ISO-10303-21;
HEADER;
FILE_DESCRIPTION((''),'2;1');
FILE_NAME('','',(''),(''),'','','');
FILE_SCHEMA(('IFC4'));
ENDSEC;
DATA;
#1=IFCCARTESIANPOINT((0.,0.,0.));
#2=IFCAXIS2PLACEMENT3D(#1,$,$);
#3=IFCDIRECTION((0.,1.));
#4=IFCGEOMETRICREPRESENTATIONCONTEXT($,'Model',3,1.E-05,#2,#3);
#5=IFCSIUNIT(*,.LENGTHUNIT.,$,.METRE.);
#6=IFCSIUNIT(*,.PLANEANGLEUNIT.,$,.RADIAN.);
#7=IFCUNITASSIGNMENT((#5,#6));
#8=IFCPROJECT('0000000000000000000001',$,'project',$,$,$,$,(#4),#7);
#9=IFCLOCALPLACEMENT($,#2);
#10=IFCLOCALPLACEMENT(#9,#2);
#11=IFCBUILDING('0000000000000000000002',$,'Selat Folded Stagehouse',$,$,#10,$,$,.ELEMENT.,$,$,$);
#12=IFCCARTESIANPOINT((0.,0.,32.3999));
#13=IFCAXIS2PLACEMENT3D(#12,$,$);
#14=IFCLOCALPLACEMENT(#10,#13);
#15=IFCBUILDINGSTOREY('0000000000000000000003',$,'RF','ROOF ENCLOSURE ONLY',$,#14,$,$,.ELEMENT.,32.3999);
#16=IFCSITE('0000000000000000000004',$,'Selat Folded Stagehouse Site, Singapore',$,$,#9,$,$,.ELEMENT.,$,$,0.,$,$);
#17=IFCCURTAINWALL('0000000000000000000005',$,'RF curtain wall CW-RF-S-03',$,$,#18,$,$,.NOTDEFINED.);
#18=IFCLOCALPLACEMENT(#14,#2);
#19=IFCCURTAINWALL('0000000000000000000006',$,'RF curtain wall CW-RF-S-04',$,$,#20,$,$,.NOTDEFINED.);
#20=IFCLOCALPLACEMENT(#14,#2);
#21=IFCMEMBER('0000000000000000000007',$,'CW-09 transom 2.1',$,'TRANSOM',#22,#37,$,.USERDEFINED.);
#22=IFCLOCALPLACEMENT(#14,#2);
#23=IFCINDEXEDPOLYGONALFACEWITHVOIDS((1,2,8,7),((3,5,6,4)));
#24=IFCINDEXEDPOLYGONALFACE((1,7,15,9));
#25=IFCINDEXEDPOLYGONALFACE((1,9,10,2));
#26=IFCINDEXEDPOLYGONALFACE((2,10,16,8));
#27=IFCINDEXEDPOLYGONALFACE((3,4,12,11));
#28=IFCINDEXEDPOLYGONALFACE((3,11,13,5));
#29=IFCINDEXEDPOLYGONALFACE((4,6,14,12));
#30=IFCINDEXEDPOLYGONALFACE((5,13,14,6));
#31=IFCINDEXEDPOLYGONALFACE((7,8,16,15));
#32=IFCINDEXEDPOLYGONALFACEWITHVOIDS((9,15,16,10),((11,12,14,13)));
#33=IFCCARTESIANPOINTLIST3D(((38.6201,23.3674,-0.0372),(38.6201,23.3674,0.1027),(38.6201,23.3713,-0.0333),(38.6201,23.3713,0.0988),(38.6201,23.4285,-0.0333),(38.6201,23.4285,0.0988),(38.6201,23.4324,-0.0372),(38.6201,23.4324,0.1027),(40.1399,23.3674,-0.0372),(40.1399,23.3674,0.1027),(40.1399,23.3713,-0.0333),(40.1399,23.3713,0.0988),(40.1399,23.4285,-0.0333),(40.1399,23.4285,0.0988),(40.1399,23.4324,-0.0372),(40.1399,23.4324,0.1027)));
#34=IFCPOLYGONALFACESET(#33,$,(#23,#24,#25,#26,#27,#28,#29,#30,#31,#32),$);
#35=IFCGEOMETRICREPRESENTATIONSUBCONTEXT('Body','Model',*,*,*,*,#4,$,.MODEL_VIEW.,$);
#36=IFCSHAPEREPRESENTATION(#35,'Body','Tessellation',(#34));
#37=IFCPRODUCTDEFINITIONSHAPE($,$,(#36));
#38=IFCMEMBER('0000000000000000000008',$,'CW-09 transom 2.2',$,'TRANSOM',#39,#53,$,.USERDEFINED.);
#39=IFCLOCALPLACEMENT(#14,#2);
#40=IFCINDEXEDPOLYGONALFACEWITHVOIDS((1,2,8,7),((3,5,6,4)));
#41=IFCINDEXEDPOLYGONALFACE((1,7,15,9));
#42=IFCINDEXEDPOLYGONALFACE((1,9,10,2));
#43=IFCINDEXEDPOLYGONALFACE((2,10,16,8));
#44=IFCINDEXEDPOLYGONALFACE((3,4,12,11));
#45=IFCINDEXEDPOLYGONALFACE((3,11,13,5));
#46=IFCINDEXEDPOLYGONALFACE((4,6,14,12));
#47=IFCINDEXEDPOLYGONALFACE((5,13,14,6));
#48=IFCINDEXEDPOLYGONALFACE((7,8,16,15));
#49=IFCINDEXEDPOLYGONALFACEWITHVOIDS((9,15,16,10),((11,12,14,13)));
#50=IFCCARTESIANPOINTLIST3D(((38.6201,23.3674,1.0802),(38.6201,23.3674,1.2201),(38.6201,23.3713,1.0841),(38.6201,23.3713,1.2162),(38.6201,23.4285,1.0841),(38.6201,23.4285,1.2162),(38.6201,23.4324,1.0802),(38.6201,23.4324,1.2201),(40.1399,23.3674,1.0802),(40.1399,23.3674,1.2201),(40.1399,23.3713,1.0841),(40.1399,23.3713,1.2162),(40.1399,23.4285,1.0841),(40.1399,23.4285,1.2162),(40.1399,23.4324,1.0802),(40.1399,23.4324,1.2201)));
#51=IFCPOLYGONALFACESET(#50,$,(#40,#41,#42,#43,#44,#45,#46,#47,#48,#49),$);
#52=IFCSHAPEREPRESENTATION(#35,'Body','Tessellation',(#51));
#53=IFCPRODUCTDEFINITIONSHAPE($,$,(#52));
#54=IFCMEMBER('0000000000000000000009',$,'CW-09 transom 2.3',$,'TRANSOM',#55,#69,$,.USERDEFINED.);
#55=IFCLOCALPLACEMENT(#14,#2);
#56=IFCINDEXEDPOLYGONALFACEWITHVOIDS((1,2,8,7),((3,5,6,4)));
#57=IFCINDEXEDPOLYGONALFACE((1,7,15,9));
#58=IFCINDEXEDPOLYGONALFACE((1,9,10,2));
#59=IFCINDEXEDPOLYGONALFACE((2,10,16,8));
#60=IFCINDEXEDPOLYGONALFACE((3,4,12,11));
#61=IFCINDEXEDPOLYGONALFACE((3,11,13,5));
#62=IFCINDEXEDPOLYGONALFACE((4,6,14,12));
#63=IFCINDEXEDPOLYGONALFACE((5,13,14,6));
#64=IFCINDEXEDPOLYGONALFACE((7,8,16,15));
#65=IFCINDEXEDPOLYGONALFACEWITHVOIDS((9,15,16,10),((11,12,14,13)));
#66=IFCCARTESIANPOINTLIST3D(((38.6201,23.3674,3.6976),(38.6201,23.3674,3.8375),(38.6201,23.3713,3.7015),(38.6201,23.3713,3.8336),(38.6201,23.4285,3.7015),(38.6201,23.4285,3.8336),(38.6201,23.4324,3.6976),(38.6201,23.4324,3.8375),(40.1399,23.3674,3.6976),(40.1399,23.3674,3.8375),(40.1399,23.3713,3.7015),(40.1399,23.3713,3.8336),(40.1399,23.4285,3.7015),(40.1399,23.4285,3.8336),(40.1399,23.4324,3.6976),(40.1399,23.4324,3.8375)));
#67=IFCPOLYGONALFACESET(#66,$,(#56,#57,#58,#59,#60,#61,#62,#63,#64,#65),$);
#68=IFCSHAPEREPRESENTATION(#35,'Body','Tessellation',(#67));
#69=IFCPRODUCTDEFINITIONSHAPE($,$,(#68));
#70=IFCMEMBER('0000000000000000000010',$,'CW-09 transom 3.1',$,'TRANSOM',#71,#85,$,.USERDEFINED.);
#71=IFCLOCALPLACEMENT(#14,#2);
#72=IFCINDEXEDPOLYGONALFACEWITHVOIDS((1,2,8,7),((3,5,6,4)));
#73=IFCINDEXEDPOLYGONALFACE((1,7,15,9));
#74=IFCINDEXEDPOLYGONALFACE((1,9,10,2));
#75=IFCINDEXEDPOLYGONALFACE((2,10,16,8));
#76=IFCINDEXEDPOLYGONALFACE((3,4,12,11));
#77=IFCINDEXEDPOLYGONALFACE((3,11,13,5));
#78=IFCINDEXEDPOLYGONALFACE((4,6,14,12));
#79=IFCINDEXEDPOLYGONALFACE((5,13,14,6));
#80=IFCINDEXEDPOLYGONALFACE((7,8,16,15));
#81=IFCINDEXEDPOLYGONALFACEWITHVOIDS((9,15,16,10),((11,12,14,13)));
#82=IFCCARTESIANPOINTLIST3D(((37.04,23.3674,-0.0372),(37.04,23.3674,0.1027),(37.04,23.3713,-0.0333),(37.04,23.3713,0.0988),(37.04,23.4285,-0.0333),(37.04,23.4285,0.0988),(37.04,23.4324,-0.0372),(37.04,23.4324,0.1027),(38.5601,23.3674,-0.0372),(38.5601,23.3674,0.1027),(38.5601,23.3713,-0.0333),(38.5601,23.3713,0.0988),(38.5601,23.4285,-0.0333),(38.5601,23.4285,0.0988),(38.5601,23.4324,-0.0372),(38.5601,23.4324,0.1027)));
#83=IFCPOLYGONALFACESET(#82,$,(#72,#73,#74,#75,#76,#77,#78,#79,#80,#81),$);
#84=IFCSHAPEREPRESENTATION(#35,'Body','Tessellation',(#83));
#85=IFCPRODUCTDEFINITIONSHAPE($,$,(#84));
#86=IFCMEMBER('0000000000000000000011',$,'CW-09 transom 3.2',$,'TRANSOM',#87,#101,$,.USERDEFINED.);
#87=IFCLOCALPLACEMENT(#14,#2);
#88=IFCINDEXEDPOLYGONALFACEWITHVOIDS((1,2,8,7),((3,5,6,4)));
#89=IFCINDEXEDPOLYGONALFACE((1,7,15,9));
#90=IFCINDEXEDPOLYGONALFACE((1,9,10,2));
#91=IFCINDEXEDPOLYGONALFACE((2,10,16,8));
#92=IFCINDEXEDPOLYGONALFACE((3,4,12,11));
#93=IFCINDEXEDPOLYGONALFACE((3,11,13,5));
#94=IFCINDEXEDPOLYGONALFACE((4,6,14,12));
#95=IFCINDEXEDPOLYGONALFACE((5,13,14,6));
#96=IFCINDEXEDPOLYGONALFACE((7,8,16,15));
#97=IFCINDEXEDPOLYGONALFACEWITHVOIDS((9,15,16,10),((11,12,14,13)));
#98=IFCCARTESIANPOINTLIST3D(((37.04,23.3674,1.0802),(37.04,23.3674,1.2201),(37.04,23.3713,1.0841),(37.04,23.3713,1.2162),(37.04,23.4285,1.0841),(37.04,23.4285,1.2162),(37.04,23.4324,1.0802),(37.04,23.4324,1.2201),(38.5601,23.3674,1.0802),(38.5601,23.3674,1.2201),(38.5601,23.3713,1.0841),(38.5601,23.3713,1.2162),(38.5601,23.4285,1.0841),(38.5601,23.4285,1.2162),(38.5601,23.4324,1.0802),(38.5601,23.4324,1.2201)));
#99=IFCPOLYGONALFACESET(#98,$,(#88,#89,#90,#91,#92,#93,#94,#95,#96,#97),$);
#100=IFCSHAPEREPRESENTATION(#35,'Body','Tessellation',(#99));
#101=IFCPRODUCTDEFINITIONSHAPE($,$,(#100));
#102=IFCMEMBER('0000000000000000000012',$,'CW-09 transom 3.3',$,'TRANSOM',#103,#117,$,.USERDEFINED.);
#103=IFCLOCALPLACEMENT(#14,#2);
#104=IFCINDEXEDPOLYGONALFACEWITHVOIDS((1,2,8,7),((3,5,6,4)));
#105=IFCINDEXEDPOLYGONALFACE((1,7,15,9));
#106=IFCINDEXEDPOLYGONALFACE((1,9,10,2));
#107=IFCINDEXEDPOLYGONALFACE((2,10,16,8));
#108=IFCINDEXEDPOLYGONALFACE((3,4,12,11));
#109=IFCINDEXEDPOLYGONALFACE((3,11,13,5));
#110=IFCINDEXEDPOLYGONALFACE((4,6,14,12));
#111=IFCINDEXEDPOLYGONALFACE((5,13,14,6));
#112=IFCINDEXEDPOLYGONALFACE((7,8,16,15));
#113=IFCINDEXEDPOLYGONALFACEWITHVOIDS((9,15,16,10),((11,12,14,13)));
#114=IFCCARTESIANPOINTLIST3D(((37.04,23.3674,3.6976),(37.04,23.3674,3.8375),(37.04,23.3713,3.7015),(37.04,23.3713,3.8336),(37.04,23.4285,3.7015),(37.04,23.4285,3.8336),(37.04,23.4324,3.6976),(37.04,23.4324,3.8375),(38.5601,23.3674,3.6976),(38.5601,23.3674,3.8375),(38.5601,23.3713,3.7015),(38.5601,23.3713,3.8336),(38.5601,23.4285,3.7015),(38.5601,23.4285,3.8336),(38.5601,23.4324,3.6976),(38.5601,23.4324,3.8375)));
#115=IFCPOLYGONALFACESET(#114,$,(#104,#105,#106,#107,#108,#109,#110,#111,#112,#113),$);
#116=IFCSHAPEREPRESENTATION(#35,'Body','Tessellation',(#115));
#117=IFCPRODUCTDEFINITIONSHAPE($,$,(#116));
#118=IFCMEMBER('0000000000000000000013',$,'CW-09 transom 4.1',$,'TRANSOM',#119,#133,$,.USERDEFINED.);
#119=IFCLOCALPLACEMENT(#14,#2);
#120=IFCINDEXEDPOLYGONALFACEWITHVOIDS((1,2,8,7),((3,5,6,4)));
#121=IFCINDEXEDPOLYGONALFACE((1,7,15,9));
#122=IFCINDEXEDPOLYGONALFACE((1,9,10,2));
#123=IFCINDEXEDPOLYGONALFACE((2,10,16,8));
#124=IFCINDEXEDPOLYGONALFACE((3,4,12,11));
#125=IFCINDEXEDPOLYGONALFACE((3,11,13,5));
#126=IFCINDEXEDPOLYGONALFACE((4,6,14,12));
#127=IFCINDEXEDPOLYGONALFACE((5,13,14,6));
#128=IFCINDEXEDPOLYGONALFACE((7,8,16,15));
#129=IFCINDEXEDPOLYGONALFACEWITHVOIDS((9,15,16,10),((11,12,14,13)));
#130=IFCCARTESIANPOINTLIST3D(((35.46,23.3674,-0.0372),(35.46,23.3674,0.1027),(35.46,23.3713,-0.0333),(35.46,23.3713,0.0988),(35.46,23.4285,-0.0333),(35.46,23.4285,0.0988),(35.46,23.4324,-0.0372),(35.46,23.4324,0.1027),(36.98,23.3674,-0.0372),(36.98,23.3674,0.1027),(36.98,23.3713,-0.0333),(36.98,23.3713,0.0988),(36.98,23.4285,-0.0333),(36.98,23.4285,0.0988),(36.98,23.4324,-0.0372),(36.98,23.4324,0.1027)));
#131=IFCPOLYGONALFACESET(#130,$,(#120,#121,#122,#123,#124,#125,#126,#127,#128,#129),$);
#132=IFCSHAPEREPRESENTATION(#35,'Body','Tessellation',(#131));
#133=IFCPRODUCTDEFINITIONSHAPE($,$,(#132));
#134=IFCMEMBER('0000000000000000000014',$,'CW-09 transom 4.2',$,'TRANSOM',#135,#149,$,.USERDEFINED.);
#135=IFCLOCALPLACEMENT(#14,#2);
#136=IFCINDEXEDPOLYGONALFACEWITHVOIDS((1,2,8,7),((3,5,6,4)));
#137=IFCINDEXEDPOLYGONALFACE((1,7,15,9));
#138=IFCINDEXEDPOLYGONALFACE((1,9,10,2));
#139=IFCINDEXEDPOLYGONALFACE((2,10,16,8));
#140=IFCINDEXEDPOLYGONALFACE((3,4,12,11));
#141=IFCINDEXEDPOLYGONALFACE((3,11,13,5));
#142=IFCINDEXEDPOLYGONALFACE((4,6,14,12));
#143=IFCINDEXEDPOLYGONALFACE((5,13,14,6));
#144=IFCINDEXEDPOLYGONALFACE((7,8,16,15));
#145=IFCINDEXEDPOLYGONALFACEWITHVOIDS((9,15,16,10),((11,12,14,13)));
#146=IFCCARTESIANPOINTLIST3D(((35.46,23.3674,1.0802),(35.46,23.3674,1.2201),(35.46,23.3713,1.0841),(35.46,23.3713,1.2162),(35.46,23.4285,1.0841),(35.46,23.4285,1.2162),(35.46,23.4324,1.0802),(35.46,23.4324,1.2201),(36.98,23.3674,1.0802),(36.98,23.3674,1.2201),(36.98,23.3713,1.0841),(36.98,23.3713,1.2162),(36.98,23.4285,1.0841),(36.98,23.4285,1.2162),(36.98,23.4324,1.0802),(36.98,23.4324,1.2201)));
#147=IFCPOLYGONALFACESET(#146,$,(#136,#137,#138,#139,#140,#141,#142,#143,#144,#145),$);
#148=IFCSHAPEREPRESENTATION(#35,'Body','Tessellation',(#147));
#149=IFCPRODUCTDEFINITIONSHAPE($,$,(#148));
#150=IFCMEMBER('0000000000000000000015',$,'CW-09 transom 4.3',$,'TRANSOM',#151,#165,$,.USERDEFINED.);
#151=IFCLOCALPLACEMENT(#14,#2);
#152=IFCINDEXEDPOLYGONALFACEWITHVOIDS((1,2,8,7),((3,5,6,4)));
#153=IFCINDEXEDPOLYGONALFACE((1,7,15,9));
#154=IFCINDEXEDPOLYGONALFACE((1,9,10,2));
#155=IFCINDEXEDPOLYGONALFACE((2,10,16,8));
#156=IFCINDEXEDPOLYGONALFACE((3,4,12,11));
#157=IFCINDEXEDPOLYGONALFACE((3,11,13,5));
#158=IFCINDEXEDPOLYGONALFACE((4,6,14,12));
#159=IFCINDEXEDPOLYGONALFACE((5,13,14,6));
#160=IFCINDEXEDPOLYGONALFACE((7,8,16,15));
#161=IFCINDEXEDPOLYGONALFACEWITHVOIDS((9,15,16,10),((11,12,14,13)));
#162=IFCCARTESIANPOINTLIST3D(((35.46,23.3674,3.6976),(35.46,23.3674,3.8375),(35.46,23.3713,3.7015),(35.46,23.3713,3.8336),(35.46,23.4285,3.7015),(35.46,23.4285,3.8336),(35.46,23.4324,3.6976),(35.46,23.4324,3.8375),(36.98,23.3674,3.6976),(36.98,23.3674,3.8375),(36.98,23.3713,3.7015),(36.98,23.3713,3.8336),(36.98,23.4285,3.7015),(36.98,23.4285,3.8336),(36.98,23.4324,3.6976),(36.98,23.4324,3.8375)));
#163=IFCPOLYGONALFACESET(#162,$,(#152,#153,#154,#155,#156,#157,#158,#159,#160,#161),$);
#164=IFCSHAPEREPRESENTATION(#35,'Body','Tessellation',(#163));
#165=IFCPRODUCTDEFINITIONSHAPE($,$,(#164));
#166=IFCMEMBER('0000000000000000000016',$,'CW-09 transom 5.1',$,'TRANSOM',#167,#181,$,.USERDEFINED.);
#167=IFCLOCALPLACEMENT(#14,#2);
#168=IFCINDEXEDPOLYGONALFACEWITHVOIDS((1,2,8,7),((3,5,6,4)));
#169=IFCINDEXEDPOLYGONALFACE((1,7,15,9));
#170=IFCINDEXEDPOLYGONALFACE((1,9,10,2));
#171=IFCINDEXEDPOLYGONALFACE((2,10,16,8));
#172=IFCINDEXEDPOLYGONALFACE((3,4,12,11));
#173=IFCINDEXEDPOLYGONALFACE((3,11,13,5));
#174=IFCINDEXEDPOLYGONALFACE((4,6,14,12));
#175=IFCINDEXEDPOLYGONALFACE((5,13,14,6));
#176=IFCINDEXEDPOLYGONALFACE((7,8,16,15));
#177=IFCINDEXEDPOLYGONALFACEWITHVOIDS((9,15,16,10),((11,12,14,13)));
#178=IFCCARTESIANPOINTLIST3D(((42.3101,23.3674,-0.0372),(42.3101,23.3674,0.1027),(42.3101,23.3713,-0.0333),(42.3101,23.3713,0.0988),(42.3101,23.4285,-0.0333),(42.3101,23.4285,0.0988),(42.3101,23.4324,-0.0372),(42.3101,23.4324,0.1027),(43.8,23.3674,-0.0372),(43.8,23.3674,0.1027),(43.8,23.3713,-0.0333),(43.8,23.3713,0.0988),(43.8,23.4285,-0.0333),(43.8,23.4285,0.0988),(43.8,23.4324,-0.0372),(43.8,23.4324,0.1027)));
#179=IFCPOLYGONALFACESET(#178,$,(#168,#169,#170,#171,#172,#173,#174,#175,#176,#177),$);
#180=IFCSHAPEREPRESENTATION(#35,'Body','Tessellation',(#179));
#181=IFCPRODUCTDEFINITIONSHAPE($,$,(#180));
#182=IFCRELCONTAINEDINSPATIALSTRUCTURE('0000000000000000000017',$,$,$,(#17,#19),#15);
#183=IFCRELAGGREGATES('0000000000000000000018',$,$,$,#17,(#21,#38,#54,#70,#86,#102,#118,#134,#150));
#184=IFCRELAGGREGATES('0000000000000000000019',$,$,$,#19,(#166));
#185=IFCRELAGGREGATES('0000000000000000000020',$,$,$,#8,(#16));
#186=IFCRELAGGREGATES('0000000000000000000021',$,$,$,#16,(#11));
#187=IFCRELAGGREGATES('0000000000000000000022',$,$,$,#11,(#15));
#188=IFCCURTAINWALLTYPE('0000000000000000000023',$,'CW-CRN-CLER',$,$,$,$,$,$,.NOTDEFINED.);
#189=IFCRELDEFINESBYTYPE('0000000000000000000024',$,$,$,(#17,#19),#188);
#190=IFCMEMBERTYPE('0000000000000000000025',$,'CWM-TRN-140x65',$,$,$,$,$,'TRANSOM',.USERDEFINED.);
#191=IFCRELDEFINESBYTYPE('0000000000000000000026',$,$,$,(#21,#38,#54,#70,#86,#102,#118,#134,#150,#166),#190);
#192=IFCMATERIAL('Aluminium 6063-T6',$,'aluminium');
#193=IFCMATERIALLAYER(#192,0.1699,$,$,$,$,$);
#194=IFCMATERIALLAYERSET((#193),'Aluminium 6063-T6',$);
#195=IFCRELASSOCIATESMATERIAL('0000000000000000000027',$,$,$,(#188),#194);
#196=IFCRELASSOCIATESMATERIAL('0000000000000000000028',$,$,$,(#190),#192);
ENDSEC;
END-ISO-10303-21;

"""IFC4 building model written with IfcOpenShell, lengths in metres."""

from ifc_helpers import new_model, si_unit, direction, frame, origin, origin_2d, place, context, subcontext, project, spatial, hollow_rectangle, extrude, material, layer, layer_set, material_profile, profile_set, type_object, element, aggregate, save


model = new_model("IFC4")

# Units and contexts
model_context = context("Model", 3, precision=1e-05, world=origin(), true_north=direction((0.0, 1.0)))
body_context = subcontext(model_context, "Body", "Model", "MODEL_VIEW")
ifc_project = project(units=[si_unit("LENGTHUNIT", "METRE"), si_unit("PLANEANGLEUNIT", "RADIAN")], contexts=[model_context])

# Site, building, storey
site_placement = place(None, origin())
site = spatial("IfcSite", under=ifc_project, at=site_placement, Name="Selat Folded Stagehouse Site, Singapore", CompositionType="ELEMENT", RefElevation=0.0)
building_placement = place(site_placement, origin())
building = spatial("IfcBuilding", under=site, at=building_placement, Name="Selat Folded Stagehouse", CompositionType="ELEMENT")
storey_placement = place(building_placement, frame((0.0, 0.0, 32.3999)))
storey = spatial("IfcBuildingStorey", under=building, at=storey_placement, Name="RF", Description="ROOF ENCLOSURE ONLY", CompositionType="ELEMENT", Elevation=32.3999)

# Curtain wall
ifc_material_1 = material(Name="Aluminium 6063-T6", Category="aluminium")
ifc_layer_1 = layer(ifc_material_1, 0.1699)
ifc_layer_set_1 = layer_set([ifc_layer_1], Name="Aluminium 6063-T6")
curtain_wall_type = type_object("IfcCurtainWallType", Name="CW-CRN-CLER", PredefinedType="NOTDEFINED", material=ifc_layer_set_1)
curtain_wall_1_placement = place(storey_placement, origin())
curtain_wall_1 = element("IfcCurtainWall", 1, at=curtain_wall_1_placement, inside=storey, type_object=curtain_wall_type, Name="RF curtain wall CW-RF-S-03", PredefinedType="NOTDEFINED")

# Curtain wall
curtain_wall_2_placement = place(storey_placement, origin())
curtain_wall_2 = element("IfcCurtainWall", 2, at=curtain_wall_2_placement, inside=storey, type_object=curtain_wall_type, Name="RF curtain wall CW-RF-S-04", PredefinedType="NOTDEFINED")

# Members
ifc_material_profile_1 = material_profile(ifc_material_1, hollow_rectangle(XDim=0.0649, YDim=0.1399, WallThickness=0.0039, at=origin_2d()), Name="ALU 140x65x4.0")
ifc_profile_set_1 = profile_set([ifc_material_profile_1], Name="Aluminium 6063-T6")
member_type_1 = type_object("IfcMemberType", Name="CWM-TRN-140x65", ElementType="TRANSOM", PredefinedType="USERDEFINED", material=ifc_profile_set_1)
member_1_placement = place(storey_placement, frame((40.1399, 23.3999, 0.0327), z_axis=(-1.0, 0.0, 0.0), x_axis=(0.0, -1.0, 0.0)))
member_1 = element("IfcMember", 3, at=member_1_placement, type_object=member_type_1, Name="CW-09 transom 2.1", ObjectType="TRANSOM", PredefinedType="USERDEFINED", context=body_context, shape_type="SweptSolid", body=[
    extrude(hollow_rectangle(XDim=0.0649, YDim=0.1399, WallThickness=0.0039, at=origin_2d()), origin(), (0.0, 0.0, 1.0), 1.5198),
])
member_2_placement = place(storey_placement, frame((40.1399, 23.3999, 1.1501), z_axis=(-1.0, 0.0, 0.0), x_axis=(0.0, -1.0, 0.0)))
member_2 = element("IfcMember", 4, at=member_2_placement, type_object=member_type_1, Name="CW-09 transom 2.2", ObjectType="TRANSOM", PredefinedType="USERDEFINED", context=body_context, shape_type="SweptSolid", body=[
    extrude(hollow_rectangle(XDim=0.0649, YDim=0.1399, WallThickness=0.0039, at=origin_2d()), origin(), (0.0, 0.0, 1.0), 1.5198),
])
member_3_placement = place(storey_placement, frame((40.1399, 23.3999, 3.7676), z_axis=(-1.0, 0.0, 0.0), x_axis=(0.0, -1.0, 0.0)))
member_3 = element("IfcMember", 5, at=member_3_placement, type_object=member_type_1, Name="CW-09 transom 2.3", ObjectType="TRANSOM", PredefinedType="USERDEFINED", context=body_context, shape_type="SweptSolid", body=[
    extrude(hollow_rectangle(XDim=0.0649, YDim=0.1399, WallThickness=0.0039, at=origin_2d()), origin(), (0.0, 0.0, 1.0), 1.5198),
])
member_4_placement = place(storey_placement, frame((38.5601, 23.3999, 0.0327), z_axis=(-1.0, 0.0, 0.0), x_axis=(0.0, -1.0, 0.0)))
member_4 = element("IfcMember", 6, at=member_4_placement, type_object=member_type_1, Name="CW-09 transom 3.1", ObjectType="TRANSOM", PredefinedType="USERDEFINED", context=body_context, shape_type="SweptSolid", body=[
    extrude(hollow_rectangle(XDim=0.0649, YDim=0.1399, WallThickness=0.0039, at=origin_2d()), origin(), (0.0, 0.0, 1.0), 1.52),
])
member_5_placement = place(storey_placement, frame((38.5601, 23.3999, 1.1501), z_axis=(-1.0, 0.0, 0.0), x_axis=(0.0, -1.0, 0.0)))
member_5 = element("IfcMember", 7, at=member_5_placement, type_object=member_type_1, Name="CW-09 transom 3.2", ObjectType="TRANSOM", PredefinedType="USERDEFINED", context=body_context, shape_type="SweptSolid", body=[
    extrude(hollow_rectangle(XDim=0.0649, YDim=0.1399, WallThickness=0.0039, at=origin_2d()), origin(), (0.0, 0.0, 1.0), 1.52),
])
member_6_placement = place(storey_placement, frame((38.5601, 23.3999, 3.7676), z_axis=(-1.0, 0.0, 0.0), x_axis=(0.0, -1.0, 0.0)))
member_6 = element("IfcMember", 8, at=member_6_placement, type_object=member_type_1, Name="CW-09 transom 3.3", ObjectType="TRANSOM", PredefinedType="USERDEFINED", context=body_context, shape_type="SweptSolid", body=[
    extrude(hollow_rectangle(XDim=0.0649, YDim=0.1399, WallThickness=0.0039, at=origin_2d()), origin(), (0.0, 0.0, 1.0), 1.52),
])
member_7_placement = place(storey_placement, frame((36.98, 23.3999, 0.0327), z_axis=(-1.0, 0.0, 0.0), x_axis=(0.0, -1.0, 0.0)))
member_7 = element("IfcMember", 9, at=member_7_placement, type_object=member_type_1, Name="CW-09 transom 4.1", ObjectType="TRANSOM", PredefinedType="USERDEFINED", context=body_context, shape_type="SweptSolid", body=[
    extrude(hollow_rectangle(XDim=0.0649, YDim=0.1399, WallThickness=0.0039, at=origin_2d()), origin(), (0.0, 0.0, 1.0), 1.52),
])
member_8_placement = place(storey_placement, frame((36.98, 23.3999, 1.1501), z_axis=(-1.0, 0.0, 0.0), x_axis=(0.0, -1.0, 0.0)))
member_8 = element("IfcMember", 10, at=member_8_placement, type_object=member_type_1, Name="CW-09 transom 4.2", ObjectType="TRANSOM", PredefinedType="USERDEFINED", context=body_context, shape_type="SweptSolid", body=[
    extrude(hollow_rectangle(XDim=0.0649, YDim=0.1399, WallThickness=0.0039, at=origin_2d()), origin(), (0.0, 0.0, 1.0), 1.52),
])
member_9_placement = place(storey_placement, frame((36.98, 23.3999, 3.7676), z_axis=(-1.0, 0.0, 0.0), x_axis=(0.0, -1.0, 0.0)))
member_9 = element("IfcMember", 11, at=member_9_placement, type_object=member_type_1, Name="CW-09 transom 4.3", ObjectType="TRANSOM", PredefinedType="USERDEFINED", context=body_context, shape_type="SweptSolid", body=[
    extrude(hollow_rectangle(XDim=0.0649, YDim=0.1399, WallThickness=0.0039, at=origin_2d()), origin(), (0.0, 0.0, 1.0), 1.52),
])
member_10_placement = place(storey_placement, frame((43.8, 23.3999, 0.0327), z_axis=(-1.0, 0.0, 0.0), x_axis=(0.0, -1.0, 0.0)))
member_10 = element("IfcMember", 12, at=member_10_placement, type_object=member_type_1, Name="CW-09 transom 5.1", ObjectType="TRANSOM", PredefinedType="USERDEFINED", context=body_context, shape_type="SweptSolid", body=[
    extrude(hollow_rectangle(XDim=0.0649, YDim=0.1399, WallThickness=0.0039, at=origin_2d()), origin(), (0.0, 0.0, 1.0), 1.49),
])

aggregate(curtain_wall_1, [member_1, member_2, member_3, member_4, member_5, member_6, member_7, member_8, member_9])
aggregate(curtain_wall_2, [member_10])

save(model, "model.ifc")
